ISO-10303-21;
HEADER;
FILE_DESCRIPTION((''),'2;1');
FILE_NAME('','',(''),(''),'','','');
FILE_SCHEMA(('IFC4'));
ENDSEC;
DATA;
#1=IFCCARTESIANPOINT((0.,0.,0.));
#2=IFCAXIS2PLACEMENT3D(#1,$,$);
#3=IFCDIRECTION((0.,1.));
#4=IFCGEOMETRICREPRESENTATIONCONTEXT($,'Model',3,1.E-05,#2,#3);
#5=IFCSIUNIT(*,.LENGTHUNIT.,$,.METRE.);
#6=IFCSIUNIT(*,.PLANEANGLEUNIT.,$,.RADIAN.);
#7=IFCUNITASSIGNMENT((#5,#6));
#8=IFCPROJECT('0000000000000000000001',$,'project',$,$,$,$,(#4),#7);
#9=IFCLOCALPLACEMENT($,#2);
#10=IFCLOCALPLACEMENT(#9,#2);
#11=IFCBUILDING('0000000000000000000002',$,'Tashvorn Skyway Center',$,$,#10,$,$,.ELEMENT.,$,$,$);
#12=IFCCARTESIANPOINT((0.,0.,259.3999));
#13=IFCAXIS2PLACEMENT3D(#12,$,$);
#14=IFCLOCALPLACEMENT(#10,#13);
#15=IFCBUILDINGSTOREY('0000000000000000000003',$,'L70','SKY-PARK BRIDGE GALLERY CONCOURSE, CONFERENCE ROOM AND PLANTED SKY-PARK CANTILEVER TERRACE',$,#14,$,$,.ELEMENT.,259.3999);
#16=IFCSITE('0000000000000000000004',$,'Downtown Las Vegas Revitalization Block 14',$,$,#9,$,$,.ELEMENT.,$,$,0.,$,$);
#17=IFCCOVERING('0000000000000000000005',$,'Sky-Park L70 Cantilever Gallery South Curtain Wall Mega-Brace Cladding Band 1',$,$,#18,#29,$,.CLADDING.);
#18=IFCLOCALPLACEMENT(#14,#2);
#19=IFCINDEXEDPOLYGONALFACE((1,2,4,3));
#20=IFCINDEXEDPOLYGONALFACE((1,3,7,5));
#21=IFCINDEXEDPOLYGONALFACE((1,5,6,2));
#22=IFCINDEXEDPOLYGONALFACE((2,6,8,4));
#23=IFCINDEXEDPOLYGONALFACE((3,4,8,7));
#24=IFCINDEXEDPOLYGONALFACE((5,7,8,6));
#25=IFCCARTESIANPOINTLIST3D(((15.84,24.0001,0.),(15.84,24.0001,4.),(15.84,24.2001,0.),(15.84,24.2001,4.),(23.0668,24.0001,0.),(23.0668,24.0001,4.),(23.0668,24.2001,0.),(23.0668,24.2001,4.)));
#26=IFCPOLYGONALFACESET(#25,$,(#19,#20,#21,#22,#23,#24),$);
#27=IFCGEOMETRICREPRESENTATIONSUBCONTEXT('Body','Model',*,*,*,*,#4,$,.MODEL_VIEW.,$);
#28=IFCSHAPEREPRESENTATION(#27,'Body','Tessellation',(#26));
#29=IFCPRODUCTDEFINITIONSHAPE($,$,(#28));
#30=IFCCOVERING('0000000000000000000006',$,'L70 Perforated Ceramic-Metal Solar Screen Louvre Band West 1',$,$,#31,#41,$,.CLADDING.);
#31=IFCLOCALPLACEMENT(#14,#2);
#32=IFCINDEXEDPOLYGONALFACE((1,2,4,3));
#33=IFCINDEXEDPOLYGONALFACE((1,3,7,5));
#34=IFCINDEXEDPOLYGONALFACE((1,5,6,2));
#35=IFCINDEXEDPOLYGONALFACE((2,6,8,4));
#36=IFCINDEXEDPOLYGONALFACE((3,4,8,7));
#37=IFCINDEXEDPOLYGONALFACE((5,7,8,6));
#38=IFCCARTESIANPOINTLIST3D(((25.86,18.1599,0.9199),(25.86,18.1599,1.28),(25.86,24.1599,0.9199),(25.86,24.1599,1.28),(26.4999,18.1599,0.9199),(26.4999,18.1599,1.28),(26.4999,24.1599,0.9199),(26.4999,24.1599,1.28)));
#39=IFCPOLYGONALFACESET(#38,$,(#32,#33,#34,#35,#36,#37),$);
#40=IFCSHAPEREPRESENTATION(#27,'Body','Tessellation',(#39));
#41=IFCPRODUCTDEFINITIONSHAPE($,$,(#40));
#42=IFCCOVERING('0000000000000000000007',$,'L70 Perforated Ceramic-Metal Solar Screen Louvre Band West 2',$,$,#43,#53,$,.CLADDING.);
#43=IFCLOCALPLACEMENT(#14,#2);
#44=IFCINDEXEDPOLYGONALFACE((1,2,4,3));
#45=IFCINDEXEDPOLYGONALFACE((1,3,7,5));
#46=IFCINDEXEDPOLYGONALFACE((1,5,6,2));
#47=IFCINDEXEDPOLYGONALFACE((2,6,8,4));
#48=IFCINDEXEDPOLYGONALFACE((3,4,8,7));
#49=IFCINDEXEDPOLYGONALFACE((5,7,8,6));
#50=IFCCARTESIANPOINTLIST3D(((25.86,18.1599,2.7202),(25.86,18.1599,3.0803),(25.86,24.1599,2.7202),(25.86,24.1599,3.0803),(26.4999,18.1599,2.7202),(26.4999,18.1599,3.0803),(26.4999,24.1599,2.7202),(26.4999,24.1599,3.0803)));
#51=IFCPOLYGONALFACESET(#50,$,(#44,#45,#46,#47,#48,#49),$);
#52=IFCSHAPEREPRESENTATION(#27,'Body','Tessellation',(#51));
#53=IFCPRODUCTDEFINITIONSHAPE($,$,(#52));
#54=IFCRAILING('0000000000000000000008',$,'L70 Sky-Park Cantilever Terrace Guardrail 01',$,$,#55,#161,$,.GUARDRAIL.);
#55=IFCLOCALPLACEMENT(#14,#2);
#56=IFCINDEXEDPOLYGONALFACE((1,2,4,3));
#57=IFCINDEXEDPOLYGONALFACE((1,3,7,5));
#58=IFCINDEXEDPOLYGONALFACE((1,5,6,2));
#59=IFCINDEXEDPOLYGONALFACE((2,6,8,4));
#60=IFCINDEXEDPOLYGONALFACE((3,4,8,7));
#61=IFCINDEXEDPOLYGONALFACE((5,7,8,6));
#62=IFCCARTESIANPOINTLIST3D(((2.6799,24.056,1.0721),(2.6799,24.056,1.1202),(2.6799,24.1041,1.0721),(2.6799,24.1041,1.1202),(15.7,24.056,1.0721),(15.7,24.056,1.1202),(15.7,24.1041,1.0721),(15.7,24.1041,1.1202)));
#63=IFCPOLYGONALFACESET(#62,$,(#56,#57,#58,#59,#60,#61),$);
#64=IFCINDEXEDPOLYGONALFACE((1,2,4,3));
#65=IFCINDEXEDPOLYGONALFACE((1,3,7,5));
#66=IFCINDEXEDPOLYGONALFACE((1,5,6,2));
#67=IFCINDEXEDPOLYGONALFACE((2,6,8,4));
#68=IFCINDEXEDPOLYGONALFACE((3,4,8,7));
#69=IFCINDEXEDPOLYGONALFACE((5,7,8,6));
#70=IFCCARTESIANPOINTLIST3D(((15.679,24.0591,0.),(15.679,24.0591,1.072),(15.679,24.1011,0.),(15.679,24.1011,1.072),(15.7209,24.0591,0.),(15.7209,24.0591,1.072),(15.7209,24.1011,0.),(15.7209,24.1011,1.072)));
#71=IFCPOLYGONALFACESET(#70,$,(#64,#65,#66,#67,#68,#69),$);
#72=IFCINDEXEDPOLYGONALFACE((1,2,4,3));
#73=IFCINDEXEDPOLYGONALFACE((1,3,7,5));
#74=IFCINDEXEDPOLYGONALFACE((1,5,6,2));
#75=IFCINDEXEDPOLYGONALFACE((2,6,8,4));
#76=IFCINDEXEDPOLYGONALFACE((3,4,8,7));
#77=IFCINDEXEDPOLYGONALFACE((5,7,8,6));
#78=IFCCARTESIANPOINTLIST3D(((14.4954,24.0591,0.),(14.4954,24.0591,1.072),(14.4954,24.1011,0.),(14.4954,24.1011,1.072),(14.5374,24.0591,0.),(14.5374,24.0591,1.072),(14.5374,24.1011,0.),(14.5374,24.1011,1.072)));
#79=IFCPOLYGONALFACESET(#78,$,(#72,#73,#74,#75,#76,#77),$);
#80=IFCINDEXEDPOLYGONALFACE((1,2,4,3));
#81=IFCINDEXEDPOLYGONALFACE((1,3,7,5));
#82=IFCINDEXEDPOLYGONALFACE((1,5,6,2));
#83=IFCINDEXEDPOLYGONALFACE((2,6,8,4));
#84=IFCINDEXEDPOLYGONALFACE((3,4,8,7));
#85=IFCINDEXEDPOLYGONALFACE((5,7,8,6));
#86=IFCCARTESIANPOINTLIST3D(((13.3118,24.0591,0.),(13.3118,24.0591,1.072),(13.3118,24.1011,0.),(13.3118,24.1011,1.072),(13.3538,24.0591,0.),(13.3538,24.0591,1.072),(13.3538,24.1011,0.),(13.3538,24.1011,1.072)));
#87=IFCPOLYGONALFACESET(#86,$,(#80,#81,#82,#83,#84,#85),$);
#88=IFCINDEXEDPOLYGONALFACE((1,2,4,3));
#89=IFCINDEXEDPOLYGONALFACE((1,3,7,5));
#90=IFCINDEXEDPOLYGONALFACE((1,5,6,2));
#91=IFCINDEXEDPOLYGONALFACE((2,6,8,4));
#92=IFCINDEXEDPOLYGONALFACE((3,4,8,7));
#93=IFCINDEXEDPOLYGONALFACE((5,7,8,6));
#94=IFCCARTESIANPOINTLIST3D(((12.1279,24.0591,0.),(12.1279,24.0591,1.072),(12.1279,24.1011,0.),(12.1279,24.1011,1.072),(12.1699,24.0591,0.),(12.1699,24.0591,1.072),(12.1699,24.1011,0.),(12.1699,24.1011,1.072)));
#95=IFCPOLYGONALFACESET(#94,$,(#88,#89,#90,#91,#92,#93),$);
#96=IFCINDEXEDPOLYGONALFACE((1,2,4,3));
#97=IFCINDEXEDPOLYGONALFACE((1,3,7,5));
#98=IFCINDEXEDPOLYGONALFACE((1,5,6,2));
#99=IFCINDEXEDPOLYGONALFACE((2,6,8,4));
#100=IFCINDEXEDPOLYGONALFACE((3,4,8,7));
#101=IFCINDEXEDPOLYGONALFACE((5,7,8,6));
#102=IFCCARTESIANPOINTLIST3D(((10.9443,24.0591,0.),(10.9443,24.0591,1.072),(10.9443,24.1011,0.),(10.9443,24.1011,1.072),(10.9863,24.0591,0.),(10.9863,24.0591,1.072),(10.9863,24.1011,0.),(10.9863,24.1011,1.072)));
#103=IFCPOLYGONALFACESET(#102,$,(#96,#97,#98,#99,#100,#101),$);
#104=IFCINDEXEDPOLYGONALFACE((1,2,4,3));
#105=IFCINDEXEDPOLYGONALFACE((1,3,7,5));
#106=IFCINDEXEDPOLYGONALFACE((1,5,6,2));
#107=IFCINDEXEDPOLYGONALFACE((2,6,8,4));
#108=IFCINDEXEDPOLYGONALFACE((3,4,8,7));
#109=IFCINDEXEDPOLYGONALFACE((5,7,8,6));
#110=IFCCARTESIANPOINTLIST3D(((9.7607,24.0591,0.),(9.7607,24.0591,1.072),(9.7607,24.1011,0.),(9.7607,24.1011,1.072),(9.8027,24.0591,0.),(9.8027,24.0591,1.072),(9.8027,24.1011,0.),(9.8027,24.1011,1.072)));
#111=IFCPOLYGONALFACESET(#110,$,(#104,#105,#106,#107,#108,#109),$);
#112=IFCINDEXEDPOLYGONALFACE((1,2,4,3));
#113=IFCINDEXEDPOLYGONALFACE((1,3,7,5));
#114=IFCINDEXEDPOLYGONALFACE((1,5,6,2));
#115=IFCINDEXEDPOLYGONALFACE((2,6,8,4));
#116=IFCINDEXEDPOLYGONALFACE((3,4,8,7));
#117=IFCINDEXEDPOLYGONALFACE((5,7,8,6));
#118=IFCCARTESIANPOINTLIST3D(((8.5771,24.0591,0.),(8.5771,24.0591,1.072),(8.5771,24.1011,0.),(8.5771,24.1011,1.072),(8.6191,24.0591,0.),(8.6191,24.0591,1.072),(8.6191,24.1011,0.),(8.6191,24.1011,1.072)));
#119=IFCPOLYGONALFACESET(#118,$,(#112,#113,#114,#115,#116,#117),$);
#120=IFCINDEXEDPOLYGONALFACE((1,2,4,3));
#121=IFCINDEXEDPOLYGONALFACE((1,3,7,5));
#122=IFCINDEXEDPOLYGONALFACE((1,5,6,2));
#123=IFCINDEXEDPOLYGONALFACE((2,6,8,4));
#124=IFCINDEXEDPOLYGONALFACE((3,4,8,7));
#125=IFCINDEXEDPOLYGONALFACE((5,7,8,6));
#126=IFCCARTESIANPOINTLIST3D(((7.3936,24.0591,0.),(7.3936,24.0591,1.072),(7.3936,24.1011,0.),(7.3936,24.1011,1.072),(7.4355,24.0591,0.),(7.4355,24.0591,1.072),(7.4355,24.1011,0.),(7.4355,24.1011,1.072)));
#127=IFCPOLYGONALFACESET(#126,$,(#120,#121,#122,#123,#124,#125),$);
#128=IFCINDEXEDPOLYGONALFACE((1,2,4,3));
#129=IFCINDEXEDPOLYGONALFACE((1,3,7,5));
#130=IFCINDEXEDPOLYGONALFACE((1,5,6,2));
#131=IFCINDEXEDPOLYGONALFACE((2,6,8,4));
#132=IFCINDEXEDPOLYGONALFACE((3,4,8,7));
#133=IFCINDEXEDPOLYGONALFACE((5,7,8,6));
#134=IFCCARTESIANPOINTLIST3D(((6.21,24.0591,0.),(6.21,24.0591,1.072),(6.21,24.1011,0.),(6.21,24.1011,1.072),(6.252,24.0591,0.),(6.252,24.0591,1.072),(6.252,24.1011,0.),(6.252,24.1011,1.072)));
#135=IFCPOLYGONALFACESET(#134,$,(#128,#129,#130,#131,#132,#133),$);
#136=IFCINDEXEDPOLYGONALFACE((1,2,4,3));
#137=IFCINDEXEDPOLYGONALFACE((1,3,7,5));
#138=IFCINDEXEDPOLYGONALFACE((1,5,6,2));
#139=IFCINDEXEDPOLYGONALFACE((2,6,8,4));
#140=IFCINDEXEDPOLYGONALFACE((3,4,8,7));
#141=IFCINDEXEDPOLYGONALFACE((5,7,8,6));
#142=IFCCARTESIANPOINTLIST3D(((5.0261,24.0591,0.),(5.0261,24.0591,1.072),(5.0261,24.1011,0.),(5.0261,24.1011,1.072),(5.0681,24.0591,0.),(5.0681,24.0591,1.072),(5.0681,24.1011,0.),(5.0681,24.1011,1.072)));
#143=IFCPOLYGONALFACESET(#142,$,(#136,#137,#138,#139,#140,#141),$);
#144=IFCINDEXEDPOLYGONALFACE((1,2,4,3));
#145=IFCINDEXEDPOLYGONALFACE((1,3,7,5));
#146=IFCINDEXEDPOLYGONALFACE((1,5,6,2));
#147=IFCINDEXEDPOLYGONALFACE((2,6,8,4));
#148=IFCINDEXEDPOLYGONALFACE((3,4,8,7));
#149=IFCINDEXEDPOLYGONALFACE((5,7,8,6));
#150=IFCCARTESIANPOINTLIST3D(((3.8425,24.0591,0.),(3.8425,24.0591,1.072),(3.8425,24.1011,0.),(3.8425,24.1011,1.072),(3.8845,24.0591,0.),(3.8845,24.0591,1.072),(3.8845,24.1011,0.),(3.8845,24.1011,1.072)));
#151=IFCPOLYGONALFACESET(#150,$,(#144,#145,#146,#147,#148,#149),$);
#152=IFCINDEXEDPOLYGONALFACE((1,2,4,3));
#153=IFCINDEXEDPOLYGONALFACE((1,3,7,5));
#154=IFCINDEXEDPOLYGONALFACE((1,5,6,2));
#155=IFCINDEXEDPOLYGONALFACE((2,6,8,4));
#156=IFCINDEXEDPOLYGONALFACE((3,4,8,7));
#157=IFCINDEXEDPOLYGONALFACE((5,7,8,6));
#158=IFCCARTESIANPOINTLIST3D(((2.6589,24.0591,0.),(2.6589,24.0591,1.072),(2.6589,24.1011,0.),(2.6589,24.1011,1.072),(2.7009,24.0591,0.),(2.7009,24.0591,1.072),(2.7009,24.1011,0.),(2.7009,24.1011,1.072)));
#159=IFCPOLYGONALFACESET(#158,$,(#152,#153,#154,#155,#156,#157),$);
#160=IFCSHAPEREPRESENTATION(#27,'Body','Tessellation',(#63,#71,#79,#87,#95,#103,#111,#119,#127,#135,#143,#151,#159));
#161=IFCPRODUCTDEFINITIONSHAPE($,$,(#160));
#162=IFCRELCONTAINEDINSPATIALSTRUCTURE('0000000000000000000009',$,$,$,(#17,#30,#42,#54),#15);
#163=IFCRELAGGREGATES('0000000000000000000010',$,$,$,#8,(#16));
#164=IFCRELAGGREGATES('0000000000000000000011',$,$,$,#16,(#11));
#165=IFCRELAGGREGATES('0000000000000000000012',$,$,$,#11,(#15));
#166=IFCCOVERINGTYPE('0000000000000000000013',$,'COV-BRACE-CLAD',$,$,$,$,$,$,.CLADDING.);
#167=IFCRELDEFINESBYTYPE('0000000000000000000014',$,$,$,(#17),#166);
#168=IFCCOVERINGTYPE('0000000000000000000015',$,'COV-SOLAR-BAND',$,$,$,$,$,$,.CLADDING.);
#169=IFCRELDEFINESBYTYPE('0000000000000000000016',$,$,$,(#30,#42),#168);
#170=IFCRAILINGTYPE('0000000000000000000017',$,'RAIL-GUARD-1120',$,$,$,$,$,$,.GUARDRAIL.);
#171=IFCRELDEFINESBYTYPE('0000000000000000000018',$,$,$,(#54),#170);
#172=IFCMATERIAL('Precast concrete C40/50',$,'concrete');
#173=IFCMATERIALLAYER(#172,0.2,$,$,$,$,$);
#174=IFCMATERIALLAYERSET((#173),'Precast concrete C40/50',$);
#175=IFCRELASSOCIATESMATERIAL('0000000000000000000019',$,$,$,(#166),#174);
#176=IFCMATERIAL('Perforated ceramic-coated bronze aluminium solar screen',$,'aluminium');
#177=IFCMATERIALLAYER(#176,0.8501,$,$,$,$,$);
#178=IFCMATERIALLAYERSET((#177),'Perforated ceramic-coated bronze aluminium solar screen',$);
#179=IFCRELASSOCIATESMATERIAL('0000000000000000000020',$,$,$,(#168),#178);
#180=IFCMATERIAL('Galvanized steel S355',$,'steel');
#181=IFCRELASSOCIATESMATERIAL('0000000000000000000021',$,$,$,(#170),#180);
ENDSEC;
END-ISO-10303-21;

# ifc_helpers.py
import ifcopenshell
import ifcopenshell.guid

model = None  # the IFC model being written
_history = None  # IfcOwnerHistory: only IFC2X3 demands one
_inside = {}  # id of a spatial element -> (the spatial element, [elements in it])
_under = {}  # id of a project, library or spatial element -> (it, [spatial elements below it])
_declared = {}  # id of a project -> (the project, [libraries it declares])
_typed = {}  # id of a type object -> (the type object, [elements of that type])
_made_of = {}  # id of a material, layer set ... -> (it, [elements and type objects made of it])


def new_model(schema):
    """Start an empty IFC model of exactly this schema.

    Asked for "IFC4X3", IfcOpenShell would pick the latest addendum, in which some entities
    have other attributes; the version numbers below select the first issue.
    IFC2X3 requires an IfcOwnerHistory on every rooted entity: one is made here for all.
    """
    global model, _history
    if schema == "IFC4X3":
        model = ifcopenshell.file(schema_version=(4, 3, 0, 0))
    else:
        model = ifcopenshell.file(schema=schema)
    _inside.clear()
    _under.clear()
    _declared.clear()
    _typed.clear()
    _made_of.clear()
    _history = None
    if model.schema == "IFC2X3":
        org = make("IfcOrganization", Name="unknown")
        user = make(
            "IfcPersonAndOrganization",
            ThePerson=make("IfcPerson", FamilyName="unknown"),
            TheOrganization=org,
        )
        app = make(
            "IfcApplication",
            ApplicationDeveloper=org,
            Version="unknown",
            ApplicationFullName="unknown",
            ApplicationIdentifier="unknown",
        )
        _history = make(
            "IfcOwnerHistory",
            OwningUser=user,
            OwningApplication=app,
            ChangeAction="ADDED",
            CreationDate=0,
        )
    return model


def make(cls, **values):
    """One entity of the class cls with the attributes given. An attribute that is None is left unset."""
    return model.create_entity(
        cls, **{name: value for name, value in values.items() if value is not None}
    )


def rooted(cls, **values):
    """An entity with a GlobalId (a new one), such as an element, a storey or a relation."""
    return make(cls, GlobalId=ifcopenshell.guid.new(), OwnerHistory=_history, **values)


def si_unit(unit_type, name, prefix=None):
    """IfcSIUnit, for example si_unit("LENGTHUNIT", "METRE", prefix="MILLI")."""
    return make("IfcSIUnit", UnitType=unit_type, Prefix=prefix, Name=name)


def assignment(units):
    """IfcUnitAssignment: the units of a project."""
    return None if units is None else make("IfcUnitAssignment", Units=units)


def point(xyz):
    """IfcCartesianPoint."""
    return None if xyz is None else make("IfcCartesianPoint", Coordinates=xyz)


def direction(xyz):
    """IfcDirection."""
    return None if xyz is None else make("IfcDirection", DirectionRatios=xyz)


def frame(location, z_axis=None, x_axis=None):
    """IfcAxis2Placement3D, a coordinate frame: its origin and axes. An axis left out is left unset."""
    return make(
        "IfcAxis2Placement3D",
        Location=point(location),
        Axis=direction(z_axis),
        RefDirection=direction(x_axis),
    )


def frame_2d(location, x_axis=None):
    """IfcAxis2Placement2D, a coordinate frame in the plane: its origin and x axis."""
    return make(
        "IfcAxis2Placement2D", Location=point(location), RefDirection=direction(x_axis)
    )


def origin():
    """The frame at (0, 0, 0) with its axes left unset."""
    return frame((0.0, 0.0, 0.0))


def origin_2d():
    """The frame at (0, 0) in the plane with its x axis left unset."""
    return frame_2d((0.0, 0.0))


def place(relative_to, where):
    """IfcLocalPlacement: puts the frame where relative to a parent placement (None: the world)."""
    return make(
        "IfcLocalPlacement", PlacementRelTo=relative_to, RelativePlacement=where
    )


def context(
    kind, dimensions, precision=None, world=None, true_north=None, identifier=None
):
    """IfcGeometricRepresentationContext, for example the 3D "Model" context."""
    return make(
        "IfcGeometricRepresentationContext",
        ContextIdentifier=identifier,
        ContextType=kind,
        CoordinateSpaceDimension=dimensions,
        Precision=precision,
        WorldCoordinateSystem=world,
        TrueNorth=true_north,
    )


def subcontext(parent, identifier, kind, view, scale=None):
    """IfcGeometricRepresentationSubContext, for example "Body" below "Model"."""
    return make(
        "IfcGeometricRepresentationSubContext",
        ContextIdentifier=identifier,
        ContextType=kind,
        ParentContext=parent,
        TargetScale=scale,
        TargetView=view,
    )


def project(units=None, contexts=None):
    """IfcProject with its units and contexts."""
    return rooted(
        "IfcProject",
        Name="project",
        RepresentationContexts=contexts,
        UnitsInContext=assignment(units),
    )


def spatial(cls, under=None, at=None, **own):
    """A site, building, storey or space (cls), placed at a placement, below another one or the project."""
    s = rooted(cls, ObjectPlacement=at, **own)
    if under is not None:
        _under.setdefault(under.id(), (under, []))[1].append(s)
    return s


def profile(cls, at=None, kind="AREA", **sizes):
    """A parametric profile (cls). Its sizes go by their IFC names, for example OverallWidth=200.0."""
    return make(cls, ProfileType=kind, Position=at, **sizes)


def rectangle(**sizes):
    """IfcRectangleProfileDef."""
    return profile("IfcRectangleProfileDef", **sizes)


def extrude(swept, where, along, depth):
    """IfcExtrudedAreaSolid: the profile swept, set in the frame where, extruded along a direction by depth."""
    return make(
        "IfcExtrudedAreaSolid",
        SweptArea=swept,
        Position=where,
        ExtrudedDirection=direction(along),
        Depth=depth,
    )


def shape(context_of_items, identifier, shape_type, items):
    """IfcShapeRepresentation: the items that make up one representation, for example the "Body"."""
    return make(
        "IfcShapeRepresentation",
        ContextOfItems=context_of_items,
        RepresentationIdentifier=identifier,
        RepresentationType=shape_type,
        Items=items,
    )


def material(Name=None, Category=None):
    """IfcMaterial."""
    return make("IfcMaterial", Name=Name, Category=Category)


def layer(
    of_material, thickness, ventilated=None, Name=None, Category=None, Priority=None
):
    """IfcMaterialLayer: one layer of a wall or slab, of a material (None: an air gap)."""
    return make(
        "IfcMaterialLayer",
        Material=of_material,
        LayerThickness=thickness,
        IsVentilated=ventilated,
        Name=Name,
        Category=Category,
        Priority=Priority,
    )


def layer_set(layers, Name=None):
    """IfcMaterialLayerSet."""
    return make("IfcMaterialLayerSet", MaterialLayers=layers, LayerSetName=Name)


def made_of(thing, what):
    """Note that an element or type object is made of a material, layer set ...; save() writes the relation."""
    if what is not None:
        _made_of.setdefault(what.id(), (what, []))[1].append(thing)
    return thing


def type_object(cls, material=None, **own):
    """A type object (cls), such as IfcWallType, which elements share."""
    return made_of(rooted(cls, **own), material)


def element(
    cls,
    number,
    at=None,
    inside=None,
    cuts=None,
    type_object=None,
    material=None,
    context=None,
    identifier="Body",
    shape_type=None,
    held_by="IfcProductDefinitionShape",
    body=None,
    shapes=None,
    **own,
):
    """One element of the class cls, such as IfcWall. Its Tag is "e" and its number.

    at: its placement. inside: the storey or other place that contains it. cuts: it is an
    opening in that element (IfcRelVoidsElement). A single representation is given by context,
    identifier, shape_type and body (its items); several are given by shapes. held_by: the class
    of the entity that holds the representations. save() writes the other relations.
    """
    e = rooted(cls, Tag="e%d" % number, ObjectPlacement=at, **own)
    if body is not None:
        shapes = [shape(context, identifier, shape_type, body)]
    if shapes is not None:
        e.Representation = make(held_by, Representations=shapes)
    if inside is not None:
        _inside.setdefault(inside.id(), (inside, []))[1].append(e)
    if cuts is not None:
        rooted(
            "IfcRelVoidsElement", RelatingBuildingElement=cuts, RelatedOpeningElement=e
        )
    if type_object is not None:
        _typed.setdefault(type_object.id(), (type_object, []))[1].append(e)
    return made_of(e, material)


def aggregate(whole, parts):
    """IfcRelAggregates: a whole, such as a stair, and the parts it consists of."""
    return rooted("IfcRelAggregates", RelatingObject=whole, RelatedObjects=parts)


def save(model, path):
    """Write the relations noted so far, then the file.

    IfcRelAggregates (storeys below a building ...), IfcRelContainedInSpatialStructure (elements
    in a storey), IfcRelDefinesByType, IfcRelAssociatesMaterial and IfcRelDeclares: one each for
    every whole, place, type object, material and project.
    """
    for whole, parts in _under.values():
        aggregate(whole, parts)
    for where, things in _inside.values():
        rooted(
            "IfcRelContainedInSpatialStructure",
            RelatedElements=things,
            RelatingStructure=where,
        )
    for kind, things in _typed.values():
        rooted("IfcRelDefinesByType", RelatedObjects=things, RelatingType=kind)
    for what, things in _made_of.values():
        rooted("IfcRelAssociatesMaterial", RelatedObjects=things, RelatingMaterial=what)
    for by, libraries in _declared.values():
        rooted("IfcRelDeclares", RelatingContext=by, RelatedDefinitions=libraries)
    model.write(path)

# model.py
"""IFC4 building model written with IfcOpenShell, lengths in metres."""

from ifc_helpers import new_model, si_unit, direction, frame, origin, origin_2d, place, context, subcontext, project, spatial, rectangle, extrude, material, layer, layer_set, type_object, element, save


model = new_model("IFC4")

# Units and contexts
model_context = context("Model", 3, precision=1e-05, world=origin(), true_north=direction((0.0, 1.0)))
body_context = subcontext(model_context, "Body", "Model", "MODEL_VIEW")
ifc_project = project(units=[si_unit("LENGTHUNIT", "METRE"), si_unit("PLANEANGLEUNIT", "RADIAN")], contexts=[model_context])

# Site, building, storey
site_placement = place(None, origin())
site = spatial("IfcSite", under=ifc_project, at=site_placement, Name="Downtown Las Vegas Revitalization Block 14", CompositionType="ELEMENT", RefElevation=0.0)
building_placement = place(site_placement, origin())
building = spatial("IfcBuilding", under=site, at=building_placement, Name="Tashvorn Skyway Center", CompositionType="ELEMENT")
storey_placement = place(building_placement, frame((0.0, 0.0, 259.3999)))
storey = spatial("IfcBuildingStorey", under=building, at=storey_placement, Name="L70", Description="SKY-PARK BRIDGE GALLERY CONCOURSE, CONFERENCE ROOM AND PLANTED SKY-PARK CANTILEVER TERRACE", CompositionType="ELEMENT", Elevation=259.3999)

# Shared definitions
ifc_material_1 = material(Name="Precast concrete C40/50", Category="concrete")

# Coverings
ifc_layer_1 = layer(ifc_material_1, 0.2)
ifc_layer_set_1 = layer_set([ifc_layer_1], Name="Precast concrete C40/50")
covering_type_1 = type_object("IfcCoveringType", Name="COV-BRACE-CLAD", PredefinedType="CLADDING", material=ifc_layer_set_1)
covering_placement = place(storey_placement, frame((19.4534, 24.1001, 0.0), z_axis=(0.0, 0.0, 1.0), x_axis=(-1.0, 0.0, 0.0)))
element("IfcCovering", 1, at=covering_placement, inside=storey, type_object=covering_type_1, Name="Sky-Park L70 Cantilever Gallery South Curtain Wall Mega-Brace Cladding Band 1", PredefinedType="CLADDING", context=body_context, shape_type="SweptSolid", body=[
    extrude(rectangle(XDim=7.2268, YDim=0.2, at=origin_2d()), origin(), (0.0, 0.0, 1.0), 4.0),
])
ifc_material_2 = material(Name="Perforated ceramic-coated bronze aluminium solar screen", Category="aluminium")
ifc_layer_2 = layer(ifc_material_2, 0.8501)
ifc_layer_set_2 = layer_set([ifc_layer_2], Name="Perforated ceramic-coated bronze aluminium solar screen")
covering_type_2 = type_object("IfcCoveringType", Name="COV-SOLAR-BAND", PredefinedType="CLADDING", material=ifc_layer_set_2)
for number, where, z_axis, x_axis, name in (
    (2, (26.1799, 21.1599, 0.9199), (0.0, 0.0, 1.0), (0.0, 1.0, 0.0), "L70 Perforated Ceramic-Metal Solar Screen Louvre Band West 1"),
    (3, (26.1799, 21.1599, 2.7202), (0.0, 0.0, 1.0), (0.0, 1.0, 0.0), "L70 Perforated Ceramic-Metal Solar Screen Louvre Band West 2"),
):
    element("IfcCovering", number, at=place(storey_placement, frame(where, z_axis=z_axis, x_axis=x_axis)), inside=storey, type_object=covering_type_2, Name=name, PredefinedType="CLADDING", context=body_context, shape_type="SweptSolid", body=[
        extrude(rectangle(XDim=6.0, YDim=0.6399, at=origin_2d()), origin(), (0.0, 0.0, 1.0), 0.3601),
    ])

# Railing
ifc_material_3 = material(Name="Galvanized steel S355", Category="steel")
railing_type = type_object("IfcRailingType", Name="RAIL-GUARD-1120", PredefinedType="GUARDRAIL", material=ifc_material_3)
railing_1_placement = place(storey_placement, frame((15.7, 24.0801, 0.0)))
element("IfcRailing", 4, at=railing_1_placement, inside=storey, type_object=railing_type, Name="L70 Sky-Park Cantilever Terrace Guardrail 01", PredefinedType="GUARDRAIL", context=body_context, shape_type="SweptSolid", body=[
    extrude(rectangle(XDim=0.0481, YDim=0.0481, at=origin_2d()), frame((0.0, 0.0, 1.0962), z_axis=(-1.0, 0.0, 0.0), x_axis=(0.0, -1.0, 0.0)), (0.0, 0.0, 1.0), 13.02),
    extrude(rectangle(XDim=0.042, YDim=0.042, at=origin_2d()), origin(), (0.0, 0.0, 1.0), 1.072),
    extrude(rectangle(XDim=0.042, YDim=0.042, at=origin_2d()), frame((-1.1836, 0.0, 0.0)), (0.0, 0.0, 1.0), 1.072),
    extrude(rectangle(XDim=0.042, YDim=0.042, at=origin_2d()), frame((-2.3672, 0.0, 0.0)), (0.0, 0.0, 1.0), 1.072),
    extrude(rectangle(XDim=0.042, YDim=0.042, at=origin_2d()), frame((-3.551, 0.0, 0.0)), (0.0, 0.0, 1.0), 1.072),
    extrude(rectangle(XDim=0.042, YDim=0.042, at=origin_2d()), frame((-4.7346, 0.0, 0.0)), (0.0, 0.0, 1.0), 1.072),
    extrude(rectangle(XDim=0.042, YDim=0.042, at=origin_2d()), frame((-5.9182, 0.0, 0.0)), (0.0, 0.0, 1.0), 1.072),
    extrude(rectangle(XDim=0.042, YDim=0.042, at=origin_2d()), frame((-7.1018, 0.0, 0.0)), (0.0, 0.0, 1.0), 1.072),
    extrude(rectangle(XDim=0.042, YDim=0.042, at=origin_2d()), frame((-8.2854, 0.0, 0.0)), (0.0, 0.0, 1.0), 1.072),
    extrude(rectangle(XDim=0.042, YDim=0.042, at=origin_2d()), frame((-9.469, 0.0, 0.0)), (0.0, 0.0, 1.0), 1.072),
    extrude(rectangle(XDim=0.042, YDim=0.042, at=origin_2d()), frame((-10.6528, 0.0, 0.0)), (0.0, 0.0, 1.0), 1.072),
    extrude(rectangle(XDim=0.042, YDim=0.042, at=origin_2d()), frame((-11.8364, 0.0, 0.0)), (0.0, 0.0, 1.0), 1.072),
    extrude(rectangle(XDim=0.042, YDim=0.042, at=origin_2d()), frame((-13.02, 0.0, 0.0)), (0.0, 0.0, 1.0), 1.072),
])

save(model, "model.ifc")
